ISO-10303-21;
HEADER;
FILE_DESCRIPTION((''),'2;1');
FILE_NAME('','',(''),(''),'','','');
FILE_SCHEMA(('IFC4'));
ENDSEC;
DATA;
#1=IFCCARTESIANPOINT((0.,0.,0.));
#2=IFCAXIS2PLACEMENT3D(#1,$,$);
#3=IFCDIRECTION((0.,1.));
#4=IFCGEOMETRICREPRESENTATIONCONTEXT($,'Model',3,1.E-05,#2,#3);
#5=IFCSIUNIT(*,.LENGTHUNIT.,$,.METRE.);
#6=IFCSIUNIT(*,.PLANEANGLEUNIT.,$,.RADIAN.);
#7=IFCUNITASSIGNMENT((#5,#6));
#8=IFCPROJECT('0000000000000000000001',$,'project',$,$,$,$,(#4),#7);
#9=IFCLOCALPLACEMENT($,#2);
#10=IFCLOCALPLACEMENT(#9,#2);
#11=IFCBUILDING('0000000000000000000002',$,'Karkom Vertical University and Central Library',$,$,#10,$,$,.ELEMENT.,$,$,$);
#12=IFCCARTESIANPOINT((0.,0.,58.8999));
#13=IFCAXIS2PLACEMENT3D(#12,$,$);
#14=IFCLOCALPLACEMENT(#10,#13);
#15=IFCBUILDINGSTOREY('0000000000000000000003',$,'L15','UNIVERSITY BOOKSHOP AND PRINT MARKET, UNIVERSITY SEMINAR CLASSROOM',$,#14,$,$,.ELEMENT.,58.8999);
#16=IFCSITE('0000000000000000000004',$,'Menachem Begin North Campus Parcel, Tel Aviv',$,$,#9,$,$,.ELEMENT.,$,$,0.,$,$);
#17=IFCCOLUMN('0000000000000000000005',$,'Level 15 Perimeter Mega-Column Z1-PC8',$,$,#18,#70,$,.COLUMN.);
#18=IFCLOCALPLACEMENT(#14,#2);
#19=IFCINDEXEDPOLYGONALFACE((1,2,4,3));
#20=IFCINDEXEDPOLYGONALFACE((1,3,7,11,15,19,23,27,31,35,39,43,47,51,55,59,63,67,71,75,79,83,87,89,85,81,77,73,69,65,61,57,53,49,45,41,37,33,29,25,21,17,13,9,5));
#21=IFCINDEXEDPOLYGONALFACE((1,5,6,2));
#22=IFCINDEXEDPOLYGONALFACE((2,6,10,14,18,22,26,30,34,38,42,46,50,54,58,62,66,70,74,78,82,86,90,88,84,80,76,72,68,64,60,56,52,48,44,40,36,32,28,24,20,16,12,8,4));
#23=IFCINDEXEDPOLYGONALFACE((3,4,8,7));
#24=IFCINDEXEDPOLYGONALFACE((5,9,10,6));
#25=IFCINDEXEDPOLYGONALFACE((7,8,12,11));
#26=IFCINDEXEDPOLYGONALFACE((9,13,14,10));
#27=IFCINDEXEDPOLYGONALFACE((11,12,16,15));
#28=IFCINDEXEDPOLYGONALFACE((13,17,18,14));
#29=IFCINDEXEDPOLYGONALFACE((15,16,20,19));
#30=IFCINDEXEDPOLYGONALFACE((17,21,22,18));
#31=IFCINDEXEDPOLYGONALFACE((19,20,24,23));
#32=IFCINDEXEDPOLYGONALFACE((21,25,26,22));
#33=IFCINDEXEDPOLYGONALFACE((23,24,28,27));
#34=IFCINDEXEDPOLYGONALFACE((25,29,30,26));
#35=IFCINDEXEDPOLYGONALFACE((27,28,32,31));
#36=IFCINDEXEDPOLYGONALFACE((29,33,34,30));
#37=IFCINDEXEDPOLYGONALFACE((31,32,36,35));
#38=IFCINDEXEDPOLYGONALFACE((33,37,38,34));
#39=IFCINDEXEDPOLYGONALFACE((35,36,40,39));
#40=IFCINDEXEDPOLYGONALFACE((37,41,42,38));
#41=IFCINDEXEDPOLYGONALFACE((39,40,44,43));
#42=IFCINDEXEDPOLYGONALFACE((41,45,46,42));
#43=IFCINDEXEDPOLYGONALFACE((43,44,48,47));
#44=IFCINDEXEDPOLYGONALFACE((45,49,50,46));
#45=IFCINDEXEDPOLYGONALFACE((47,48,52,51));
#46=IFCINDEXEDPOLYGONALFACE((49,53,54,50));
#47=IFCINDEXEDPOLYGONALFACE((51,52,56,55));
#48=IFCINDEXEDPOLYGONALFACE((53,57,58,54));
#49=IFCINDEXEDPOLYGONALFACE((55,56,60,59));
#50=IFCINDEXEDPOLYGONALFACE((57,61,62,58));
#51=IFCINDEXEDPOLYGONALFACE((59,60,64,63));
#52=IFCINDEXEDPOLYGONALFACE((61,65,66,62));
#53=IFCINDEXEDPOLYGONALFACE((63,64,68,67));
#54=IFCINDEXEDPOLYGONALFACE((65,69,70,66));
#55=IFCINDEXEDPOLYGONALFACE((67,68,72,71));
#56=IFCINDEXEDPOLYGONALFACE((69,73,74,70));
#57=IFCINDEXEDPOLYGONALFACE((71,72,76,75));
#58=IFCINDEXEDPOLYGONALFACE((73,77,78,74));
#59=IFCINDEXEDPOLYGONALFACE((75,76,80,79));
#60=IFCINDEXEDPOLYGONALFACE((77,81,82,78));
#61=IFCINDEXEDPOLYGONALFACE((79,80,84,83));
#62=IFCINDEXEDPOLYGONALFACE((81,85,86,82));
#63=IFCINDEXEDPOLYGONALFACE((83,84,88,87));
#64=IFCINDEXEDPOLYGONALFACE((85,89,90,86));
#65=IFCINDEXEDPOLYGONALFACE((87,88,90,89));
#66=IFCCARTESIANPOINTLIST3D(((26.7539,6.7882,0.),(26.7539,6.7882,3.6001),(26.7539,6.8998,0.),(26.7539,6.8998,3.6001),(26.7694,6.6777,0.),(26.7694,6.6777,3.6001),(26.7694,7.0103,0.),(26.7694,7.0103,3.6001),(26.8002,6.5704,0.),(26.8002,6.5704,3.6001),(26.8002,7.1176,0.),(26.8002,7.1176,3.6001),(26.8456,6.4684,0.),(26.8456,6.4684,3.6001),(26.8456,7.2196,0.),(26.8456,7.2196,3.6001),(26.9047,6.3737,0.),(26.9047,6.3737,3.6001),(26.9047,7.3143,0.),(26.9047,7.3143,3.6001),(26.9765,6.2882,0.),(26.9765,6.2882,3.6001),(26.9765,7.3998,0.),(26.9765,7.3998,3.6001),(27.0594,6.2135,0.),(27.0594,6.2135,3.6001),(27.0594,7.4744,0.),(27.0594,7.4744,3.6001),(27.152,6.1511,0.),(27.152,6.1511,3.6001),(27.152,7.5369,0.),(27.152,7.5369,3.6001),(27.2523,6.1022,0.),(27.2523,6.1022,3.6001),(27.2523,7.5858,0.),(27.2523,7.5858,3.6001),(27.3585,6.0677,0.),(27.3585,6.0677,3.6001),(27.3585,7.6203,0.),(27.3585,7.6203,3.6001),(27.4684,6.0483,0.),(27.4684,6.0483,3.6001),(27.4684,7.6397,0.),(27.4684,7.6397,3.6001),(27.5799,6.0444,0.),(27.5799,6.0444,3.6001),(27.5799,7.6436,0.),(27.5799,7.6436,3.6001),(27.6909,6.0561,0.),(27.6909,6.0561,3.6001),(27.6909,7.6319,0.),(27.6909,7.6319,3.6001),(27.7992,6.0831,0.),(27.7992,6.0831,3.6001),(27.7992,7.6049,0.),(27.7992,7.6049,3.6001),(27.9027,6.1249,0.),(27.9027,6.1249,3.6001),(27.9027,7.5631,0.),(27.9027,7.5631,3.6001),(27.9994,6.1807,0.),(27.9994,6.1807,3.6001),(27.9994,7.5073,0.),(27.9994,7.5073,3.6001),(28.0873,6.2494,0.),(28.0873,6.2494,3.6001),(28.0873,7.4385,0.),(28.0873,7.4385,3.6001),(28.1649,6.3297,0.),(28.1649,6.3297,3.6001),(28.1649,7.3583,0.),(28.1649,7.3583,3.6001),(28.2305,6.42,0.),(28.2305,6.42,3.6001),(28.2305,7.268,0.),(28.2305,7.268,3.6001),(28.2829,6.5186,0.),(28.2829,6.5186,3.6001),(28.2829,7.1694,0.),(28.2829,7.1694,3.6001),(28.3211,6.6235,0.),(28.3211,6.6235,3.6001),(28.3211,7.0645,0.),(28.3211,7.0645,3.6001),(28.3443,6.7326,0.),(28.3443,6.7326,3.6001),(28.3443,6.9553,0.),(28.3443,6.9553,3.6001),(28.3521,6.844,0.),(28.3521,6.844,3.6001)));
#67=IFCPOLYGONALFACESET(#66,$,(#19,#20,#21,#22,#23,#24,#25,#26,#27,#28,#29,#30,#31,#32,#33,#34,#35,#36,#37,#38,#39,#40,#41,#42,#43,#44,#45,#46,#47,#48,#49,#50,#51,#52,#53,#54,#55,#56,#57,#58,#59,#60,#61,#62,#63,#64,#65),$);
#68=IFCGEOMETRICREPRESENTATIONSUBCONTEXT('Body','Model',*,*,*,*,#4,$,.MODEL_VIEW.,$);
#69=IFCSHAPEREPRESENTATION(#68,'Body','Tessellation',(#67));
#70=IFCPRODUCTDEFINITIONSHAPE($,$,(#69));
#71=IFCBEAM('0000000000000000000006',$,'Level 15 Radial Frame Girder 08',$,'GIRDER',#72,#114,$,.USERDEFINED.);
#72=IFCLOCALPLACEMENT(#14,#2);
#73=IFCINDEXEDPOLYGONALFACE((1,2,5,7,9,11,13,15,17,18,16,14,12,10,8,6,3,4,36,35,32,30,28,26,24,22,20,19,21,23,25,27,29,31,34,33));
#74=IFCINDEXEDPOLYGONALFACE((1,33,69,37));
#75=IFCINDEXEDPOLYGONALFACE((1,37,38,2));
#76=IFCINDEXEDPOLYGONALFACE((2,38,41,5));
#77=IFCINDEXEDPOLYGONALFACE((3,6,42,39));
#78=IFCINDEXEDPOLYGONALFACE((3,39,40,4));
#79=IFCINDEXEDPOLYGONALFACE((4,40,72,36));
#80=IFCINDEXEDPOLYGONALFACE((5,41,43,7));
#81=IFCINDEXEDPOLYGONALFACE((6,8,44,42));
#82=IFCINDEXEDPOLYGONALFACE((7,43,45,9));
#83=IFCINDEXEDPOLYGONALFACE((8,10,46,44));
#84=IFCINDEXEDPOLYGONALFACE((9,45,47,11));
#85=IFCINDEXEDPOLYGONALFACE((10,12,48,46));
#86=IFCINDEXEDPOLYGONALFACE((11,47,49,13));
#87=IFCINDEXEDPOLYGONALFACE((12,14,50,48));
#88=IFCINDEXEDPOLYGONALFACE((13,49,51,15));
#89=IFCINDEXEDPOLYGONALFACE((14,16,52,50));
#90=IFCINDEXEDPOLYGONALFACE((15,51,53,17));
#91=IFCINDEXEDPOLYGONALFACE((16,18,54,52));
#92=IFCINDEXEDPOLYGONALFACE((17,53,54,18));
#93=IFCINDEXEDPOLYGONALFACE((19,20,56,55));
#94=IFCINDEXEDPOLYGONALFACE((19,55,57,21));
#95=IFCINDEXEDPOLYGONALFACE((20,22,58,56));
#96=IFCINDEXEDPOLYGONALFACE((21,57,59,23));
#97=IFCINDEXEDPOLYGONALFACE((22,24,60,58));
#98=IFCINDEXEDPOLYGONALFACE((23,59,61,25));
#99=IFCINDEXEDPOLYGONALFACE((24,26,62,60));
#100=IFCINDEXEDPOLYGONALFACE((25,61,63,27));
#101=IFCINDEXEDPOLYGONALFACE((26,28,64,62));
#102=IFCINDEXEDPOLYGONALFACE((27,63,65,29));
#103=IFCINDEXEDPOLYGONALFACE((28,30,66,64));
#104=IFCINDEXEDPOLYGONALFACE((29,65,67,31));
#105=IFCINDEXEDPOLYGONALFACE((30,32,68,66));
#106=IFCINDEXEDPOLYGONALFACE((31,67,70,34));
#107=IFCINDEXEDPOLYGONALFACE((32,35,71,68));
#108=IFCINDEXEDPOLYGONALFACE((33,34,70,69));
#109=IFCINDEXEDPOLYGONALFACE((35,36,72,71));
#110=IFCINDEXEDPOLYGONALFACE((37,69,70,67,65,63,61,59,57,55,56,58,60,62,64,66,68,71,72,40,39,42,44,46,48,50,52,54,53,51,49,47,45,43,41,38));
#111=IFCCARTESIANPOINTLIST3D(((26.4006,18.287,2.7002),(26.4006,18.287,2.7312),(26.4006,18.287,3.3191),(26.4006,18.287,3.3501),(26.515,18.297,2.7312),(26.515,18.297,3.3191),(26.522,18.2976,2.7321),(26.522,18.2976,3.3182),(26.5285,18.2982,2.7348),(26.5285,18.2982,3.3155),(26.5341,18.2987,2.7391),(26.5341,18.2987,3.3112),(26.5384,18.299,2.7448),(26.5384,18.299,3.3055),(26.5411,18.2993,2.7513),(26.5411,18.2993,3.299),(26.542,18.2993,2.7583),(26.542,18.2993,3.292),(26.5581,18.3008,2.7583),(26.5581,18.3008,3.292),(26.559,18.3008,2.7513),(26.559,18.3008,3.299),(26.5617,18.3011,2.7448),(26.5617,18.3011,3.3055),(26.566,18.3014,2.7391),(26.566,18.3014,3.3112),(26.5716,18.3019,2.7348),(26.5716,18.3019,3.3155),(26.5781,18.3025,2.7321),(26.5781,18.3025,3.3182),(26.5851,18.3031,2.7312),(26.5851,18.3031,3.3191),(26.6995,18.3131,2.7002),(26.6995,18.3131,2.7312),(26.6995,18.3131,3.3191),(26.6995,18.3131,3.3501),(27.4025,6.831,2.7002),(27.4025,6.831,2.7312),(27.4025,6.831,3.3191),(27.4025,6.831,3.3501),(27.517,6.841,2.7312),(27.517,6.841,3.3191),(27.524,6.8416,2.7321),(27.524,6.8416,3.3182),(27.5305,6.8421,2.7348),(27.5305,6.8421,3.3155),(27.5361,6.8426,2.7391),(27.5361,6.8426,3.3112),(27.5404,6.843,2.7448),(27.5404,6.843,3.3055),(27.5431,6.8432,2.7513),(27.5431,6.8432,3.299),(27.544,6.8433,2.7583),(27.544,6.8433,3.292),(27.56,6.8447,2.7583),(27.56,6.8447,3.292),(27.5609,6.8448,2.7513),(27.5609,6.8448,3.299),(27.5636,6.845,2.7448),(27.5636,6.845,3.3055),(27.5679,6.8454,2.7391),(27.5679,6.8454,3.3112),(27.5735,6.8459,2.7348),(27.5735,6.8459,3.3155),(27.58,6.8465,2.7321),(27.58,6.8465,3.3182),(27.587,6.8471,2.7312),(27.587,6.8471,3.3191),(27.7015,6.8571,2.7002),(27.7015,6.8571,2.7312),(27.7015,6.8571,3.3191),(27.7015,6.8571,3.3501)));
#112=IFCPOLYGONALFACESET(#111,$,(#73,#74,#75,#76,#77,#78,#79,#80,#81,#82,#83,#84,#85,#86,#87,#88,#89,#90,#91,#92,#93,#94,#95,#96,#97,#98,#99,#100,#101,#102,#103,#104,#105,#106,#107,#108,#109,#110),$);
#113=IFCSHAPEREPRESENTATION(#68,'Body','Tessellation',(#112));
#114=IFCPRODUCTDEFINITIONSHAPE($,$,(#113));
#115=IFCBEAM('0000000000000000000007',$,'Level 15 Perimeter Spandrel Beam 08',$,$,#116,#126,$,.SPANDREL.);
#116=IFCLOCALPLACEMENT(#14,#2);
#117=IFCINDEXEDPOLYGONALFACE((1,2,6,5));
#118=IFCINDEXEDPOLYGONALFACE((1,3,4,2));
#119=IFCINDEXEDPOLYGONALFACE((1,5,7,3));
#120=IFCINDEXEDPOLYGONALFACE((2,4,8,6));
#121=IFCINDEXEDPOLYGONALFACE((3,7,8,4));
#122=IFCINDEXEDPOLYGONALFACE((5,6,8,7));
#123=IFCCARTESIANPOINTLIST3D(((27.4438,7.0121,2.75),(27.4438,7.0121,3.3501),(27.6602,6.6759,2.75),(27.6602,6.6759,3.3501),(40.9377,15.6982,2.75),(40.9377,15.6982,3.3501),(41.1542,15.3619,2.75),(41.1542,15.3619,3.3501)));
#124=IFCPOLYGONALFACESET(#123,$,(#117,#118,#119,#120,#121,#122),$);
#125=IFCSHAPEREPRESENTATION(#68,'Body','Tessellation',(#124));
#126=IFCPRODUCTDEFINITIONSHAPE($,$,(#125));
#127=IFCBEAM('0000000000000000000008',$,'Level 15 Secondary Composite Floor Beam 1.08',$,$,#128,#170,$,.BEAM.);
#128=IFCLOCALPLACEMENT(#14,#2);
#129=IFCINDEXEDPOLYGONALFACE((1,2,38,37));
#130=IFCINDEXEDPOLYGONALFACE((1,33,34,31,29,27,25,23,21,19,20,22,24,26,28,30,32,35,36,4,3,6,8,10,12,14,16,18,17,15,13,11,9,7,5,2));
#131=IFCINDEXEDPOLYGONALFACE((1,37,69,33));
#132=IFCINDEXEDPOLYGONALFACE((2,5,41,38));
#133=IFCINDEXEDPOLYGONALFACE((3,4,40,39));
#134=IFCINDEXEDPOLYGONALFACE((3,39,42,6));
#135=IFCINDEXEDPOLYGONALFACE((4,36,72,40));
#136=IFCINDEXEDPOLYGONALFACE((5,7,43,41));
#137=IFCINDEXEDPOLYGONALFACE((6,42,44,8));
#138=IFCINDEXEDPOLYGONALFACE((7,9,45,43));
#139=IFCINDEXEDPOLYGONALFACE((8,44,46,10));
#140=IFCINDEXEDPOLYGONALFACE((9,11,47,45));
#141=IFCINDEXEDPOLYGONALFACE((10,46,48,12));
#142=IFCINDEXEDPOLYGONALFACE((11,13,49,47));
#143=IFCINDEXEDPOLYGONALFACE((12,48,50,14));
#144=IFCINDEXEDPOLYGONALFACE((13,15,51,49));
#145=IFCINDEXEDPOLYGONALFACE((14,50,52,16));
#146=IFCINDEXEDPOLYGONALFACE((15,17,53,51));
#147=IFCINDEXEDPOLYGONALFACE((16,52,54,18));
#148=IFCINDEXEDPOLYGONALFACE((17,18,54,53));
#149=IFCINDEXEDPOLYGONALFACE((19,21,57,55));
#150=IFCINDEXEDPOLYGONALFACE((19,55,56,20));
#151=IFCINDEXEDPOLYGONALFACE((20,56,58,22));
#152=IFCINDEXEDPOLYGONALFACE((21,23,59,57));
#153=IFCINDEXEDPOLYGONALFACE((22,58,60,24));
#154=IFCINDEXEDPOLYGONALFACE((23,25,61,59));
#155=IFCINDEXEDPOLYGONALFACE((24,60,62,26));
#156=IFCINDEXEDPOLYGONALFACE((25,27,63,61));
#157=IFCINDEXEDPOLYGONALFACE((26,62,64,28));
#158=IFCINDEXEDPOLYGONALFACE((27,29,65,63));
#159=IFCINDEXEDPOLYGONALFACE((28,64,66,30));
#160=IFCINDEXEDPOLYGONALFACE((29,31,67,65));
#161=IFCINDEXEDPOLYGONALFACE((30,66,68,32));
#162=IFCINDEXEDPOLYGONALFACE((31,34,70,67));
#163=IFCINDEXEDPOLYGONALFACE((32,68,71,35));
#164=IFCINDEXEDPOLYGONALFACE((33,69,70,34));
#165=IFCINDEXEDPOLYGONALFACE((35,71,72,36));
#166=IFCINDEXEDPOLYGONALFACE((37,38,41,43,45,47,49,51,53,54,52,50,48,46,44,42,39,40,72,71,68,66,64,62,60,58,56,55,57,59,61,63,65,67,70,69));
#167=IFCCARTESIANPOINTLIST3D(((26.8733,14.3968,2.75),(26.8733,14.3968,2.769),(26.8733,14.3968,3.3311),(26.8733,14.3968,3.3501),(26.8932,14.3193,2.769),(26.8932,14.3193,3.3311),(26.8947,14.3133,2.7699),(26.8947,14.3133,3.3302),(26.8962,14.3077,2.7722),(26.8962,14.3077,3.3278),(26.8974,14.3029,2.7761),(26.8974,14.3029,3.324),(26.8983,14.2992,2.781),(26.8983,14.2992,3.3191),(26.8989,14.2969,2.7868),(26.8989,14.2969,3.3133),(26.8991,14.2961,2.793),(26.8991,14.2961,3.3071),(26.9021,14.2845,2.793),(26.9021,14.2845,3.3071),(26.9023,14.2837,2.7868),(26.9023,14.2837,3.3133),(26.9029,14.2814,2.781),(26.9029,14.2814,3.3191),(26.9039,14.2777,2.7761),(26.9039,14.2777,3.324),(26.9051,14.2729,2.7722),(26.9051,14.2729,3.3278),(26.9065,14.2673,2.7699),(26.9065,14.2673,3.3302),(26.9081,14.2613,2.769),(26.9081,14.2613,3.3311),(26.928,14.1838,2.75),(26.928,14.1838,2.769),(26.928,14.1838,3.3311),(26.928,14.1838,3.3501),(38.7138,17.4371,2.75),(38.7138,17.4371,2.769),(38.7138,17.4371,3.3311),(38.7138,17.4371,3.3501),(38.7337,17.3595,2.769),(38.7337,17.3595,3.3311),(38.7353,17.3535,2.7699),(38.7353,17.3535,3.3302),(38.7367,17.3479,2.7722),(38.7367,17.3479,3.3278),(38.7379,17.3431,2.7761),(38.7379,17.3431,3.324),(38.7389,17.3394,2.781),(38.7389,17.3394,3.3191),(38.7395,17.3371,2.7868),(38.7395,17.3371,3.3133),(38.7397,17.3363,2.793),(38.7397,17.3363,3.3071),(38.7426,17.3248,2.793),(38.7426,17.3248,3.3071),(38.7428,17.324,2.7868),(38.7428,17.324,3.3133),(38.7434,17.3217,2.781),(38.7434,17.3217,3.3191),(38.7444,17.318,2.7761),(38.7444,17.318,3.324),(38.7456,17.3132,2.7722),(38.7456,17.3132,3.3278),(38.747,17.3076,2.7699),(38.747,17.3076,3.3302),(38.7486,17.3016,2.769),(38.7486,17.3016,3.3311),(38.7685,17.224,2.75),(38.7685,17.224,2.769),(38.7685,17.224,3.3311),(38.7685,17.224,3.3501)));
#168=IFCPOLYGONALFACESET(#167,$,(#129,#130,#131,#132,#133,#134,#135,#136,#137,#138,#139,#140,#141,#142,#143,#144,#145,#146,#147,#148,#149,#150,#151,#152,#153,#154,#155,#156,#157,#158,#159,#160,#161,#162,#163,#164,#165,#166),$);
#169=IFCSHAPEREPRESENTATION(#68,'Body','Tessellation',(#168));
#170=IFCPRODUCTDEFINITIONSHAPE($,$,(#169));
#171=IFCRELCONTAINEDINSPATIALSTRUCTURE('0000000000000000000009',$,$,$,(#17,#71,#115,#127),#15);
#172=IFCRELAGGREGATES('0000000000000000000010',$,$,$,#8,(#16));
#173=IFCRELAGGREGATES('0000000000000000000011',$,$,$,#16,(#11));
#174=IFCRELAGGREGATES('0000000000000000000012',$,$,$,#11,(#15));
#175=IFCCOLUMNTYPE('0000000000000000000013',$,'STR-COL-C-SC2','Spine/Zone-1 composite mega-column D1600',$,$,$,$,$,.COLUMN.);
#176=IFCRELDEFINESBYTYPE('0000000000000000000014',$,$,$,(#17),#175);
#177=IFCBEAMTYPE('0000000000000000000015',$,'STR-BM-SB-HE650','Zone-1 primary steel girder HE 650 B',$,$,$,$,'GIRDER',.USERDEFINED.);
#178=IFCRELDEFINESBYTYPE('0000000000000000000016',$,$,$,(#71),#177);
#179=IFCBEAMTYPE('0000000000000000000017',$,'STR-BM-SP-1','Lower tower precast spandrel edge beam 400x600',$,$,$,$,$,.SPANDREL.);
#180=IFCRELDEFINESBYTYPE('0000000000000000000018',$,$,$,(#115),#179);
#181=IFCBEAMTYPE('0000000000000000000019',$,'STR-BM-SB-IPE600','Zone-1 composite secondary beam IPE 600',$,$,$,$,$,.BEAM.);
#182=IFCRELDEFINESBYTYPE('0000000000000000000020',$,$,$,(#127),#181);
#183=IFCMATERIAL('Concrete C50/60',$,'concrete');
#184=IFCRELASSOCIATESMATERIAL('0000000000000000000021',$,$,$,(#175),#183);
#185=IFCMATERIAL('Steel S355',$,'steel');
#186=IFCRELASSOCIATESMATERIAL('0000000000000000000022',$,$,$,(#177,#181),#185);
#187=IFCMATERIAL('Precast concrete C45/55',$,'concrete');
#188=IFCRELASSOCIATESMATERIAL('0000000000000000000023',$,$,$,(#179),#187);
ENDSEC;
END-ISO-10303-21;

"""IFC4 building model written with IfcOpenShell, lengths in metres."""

from ifc_helpers import new_model, si_unit, direction, frame, origin, origin_with_axes, origin_2d, place, context, subcontext, project, spatial, rectangle, circle, i_section, extrude, source, transform, mapped, material, material_profile, profile_set, type_object, element, save


model = new_model("IFC4")

# Units and contexts
model_context = context("Model", 3, precision=1e-05, world=origin(), true_north=direction((0.0, 1.0)))
body_context = subcontext(model_context, "Body", "Model", "MODEL_VIEW")
ifc_project = project(units=[si_unit("LENGTHUNIT", "METRE"), si_unit("PLANEANGLEUNIT", "RADIAN")], contexts=[model_context])

# Site, building, storey
site_placement = place(None, origin())
site = spatial("IfcSite", under=ifc_project, at=site_placement, Name="Menachem Begin North Campus Parcel, Tel Aviv", CompositionType="ELEMENT", RefElevation=0.0)
building_placement = place(site_placement, origin())
building = spatial("IfcBuilding", under=site, at=building_placement, Name="Karkom Vertical University and Central Library", CompositionType="ELEMENT")
storey_placement = place(building_placement, frame((0.0, 0.0, 58.8999)))
storey = spatial("IfcBuildingStorey", under=building, at=storey_placement, Name="L15", Description="UNIVERSITY BOOKSHOP AND PRINT MARKET, UNIVERSITY SEMINAR CLASSROOM", CompositionType="ELEMENT", Elevation=58.8999)

# Column
ifc_material_1 = material(Name="Concrete C50/60", Category="concrete")
ifc_material_profile_1 = material_profile(ifc_material_1, circle(Radius=0.8, at=origin_2d()), Name="CFT-D1600")
ifc_profile_set_1 = profile_set([ifc_material_profile_1], Name="Concrete C50/60")
column_type = type_object("IfcColumnType", Name="STR-COL-C-SC2", Description="Spine/Zone-1 composite mega-column D1600", PredefinedType="COLUMN", material=ifc_profile_set_1)
shared_shape_1 = source(origin_with_axes(), body_context, "Body", "SweptSolid", [
    extrude(circle(Radius=0.8, at=origin_2d()), origin(), (0.0, 0.0, 1.0), 3.6001),
])
column_placement = place(storey_placement, frame((27.552, 6.844, 0.0), z_axis=(0.0, 0.0, 1.0), x_axis=(1.0, 0.0, 0.0)))
element("IfcColumn", 1, at=column_placement, inside=storey, type_object=column_type, Name="Level 15 Perimeter Mega-Column Z1-PC8", PredefinedType="COLUMN", context=body_context, shape_type="MappedRepresentation", body=[
    mapped(shared_shape_1, transform((0.0, 0.0, 0.0), scale=1.0)),
])

# Beams
ifc_material_2 = material(Name="Steel S355", Category="steel")
ifc_material_profile_2 = material_profile(ifc_material_2, i_section(OverallWidth=0.3, OverallDepth=0.6499, WebThickness=0.0161, FlangeThickness=0.031, FilletRadius=0.0271, at=origin_2d()), Name="HE 650 B")
ifc_profile_set_2 = profile_set([ifc_material_profile_2], Name="Steel S355")
beam_type_1 = type_object("IfcBeamType", Name="STR-BM-SB-HE650", Description="Zone-1 primary steel girder HE 650 B", ElementType="GIRDER", PredefinedType="USERDEFINED", material=ifc_profile_set_2)
shared_shape_2 = source(origin_with_axes(), body_context, "Body", "SweptSolid", [
    extrude(i_section(OverallWidth=0.3, OverallDepth=0.6499, WebThickness=0.0161, FlangeThickness=0.031, FilletRadius=0.0271, at=origin_2d()), origin(), (0.0, 0.0, 1.0), 11.4998),
])
beam_1_placement = place(storey_placement, frame((26.55, 18.3, 3.0251), z_axis=(0.087128, -0.996197, 0.0), x_axis=(0.996197, 0.087128, 0.0)))
element("IfcBeam", 2, at=beam_1_placement, inside=storey, type_object=beam_type_1, Name="Level 15 Radial Frame Girder 08", ObjectType="GIRDER", PredefinedType="USERDEFINED", context=body_context, shape_type="MappedRepresentation", body=[
    mapped(shared_shape_2, transform((0.0, 0.0, 0.0), scale=1.0)),
])
ifc_material_3 = material(Name="Precast concrete C45/55", Category="concrete")
ifc_material_profile_3 = material_profile(ifc_material_3, rectangle(XDim=0.3999, YDim=0.6001, at=origin_2d()), Name="SPB-400x600")
ifc_profile_set_3 = profile_set([ifc_material_profile_3], Name="Precast concrete C45/55")
beam_type_2 = type_object("IfcBeamType", Name="STR-BM-SP-1", Description="Lower tower precast spandrel edge beam 400x600", PredefinedType="SPANDREL", material=ifc_profile_set_3)
shared_shape_3 = source(origin_with_axes(), body_context, "Body", "SweptSolid", [
    extrude(rectangle(XDim=0.3999, YDim=0.6001, at=origin_2d()), origin(), (0.0, 0.0, 1.0), 16.0479),
])
beam_2_placement = place(storey_placement, frame((27.552, 6.844, 3.05), z_axis=(0.840856, 0.54126, 0.0), x_axis=(-0.54126, 0.840856, 0.0)))
element("IfcBeam", 3, at=beam_2_placement, inside=storey, type_object=beam_type_2, Name="Level 15 Perimeter Spandrel Beam 08", PredefinedType="SPANDREL", context=body_context, shape_type="MappedRepresentation", body=[
    mapped(shared_shape_3, transform((0.0, 0.0, 0.0), scale=1.0)),
])
ifc_material_profile_4 = material_profile(ifc_material_2, i_section(OverallWidth=0.22, OverallDepth=0.6001, WebThickness=0.012, FlangeThickness=0.019, FilletRadius=0.0239, at=origin_2d()), Name="IPE 600")
ifc_profile_set_4 = profile_set([ifc_material_profile_4], Name="Steel S355")
beam_type_3 = type_object("IfcBeamType", Name="STR-BM-SB-IPE600", Description="Zone-1 composite secondary beam IPE 600", PredefinedType="BEAM", material=ifc_profile_set_4)
shared_shape_4 = source(origin_with_axes(), body_context, "Body", "SweptSolid", [
    extrude(i_section(OverallWidth=0.22, OverallDepth=0.6001, WebThickness=0.012, FlangeThickness=0.019, FilletRadius=0.0239, at=origin_2d()), origin(), (0.0, 0.0, 1.0), 12.2246),
])
beam_3_placement = place(storey_placement, frame((26.9006, 14.2903, 3.05), z_axis=(0.96858, 0.248701, 0.0), x_axis=(-0.248701, 0.96858, 0.0)))
element("IfcBeam", 4, at=beam_3_placement, inside=storey, type_object=beam_type_3, Name="Level 15 Secondary Composite Floor Beam 1.08", PredefinedType="BEAM", context=body_context, shape_type="MappedRepresentation", body=[
    mapped(shared_shape_4, transform((0.0, 0.0, 0.0), scale=1.0)),
])

save(model, "model.ifc")
